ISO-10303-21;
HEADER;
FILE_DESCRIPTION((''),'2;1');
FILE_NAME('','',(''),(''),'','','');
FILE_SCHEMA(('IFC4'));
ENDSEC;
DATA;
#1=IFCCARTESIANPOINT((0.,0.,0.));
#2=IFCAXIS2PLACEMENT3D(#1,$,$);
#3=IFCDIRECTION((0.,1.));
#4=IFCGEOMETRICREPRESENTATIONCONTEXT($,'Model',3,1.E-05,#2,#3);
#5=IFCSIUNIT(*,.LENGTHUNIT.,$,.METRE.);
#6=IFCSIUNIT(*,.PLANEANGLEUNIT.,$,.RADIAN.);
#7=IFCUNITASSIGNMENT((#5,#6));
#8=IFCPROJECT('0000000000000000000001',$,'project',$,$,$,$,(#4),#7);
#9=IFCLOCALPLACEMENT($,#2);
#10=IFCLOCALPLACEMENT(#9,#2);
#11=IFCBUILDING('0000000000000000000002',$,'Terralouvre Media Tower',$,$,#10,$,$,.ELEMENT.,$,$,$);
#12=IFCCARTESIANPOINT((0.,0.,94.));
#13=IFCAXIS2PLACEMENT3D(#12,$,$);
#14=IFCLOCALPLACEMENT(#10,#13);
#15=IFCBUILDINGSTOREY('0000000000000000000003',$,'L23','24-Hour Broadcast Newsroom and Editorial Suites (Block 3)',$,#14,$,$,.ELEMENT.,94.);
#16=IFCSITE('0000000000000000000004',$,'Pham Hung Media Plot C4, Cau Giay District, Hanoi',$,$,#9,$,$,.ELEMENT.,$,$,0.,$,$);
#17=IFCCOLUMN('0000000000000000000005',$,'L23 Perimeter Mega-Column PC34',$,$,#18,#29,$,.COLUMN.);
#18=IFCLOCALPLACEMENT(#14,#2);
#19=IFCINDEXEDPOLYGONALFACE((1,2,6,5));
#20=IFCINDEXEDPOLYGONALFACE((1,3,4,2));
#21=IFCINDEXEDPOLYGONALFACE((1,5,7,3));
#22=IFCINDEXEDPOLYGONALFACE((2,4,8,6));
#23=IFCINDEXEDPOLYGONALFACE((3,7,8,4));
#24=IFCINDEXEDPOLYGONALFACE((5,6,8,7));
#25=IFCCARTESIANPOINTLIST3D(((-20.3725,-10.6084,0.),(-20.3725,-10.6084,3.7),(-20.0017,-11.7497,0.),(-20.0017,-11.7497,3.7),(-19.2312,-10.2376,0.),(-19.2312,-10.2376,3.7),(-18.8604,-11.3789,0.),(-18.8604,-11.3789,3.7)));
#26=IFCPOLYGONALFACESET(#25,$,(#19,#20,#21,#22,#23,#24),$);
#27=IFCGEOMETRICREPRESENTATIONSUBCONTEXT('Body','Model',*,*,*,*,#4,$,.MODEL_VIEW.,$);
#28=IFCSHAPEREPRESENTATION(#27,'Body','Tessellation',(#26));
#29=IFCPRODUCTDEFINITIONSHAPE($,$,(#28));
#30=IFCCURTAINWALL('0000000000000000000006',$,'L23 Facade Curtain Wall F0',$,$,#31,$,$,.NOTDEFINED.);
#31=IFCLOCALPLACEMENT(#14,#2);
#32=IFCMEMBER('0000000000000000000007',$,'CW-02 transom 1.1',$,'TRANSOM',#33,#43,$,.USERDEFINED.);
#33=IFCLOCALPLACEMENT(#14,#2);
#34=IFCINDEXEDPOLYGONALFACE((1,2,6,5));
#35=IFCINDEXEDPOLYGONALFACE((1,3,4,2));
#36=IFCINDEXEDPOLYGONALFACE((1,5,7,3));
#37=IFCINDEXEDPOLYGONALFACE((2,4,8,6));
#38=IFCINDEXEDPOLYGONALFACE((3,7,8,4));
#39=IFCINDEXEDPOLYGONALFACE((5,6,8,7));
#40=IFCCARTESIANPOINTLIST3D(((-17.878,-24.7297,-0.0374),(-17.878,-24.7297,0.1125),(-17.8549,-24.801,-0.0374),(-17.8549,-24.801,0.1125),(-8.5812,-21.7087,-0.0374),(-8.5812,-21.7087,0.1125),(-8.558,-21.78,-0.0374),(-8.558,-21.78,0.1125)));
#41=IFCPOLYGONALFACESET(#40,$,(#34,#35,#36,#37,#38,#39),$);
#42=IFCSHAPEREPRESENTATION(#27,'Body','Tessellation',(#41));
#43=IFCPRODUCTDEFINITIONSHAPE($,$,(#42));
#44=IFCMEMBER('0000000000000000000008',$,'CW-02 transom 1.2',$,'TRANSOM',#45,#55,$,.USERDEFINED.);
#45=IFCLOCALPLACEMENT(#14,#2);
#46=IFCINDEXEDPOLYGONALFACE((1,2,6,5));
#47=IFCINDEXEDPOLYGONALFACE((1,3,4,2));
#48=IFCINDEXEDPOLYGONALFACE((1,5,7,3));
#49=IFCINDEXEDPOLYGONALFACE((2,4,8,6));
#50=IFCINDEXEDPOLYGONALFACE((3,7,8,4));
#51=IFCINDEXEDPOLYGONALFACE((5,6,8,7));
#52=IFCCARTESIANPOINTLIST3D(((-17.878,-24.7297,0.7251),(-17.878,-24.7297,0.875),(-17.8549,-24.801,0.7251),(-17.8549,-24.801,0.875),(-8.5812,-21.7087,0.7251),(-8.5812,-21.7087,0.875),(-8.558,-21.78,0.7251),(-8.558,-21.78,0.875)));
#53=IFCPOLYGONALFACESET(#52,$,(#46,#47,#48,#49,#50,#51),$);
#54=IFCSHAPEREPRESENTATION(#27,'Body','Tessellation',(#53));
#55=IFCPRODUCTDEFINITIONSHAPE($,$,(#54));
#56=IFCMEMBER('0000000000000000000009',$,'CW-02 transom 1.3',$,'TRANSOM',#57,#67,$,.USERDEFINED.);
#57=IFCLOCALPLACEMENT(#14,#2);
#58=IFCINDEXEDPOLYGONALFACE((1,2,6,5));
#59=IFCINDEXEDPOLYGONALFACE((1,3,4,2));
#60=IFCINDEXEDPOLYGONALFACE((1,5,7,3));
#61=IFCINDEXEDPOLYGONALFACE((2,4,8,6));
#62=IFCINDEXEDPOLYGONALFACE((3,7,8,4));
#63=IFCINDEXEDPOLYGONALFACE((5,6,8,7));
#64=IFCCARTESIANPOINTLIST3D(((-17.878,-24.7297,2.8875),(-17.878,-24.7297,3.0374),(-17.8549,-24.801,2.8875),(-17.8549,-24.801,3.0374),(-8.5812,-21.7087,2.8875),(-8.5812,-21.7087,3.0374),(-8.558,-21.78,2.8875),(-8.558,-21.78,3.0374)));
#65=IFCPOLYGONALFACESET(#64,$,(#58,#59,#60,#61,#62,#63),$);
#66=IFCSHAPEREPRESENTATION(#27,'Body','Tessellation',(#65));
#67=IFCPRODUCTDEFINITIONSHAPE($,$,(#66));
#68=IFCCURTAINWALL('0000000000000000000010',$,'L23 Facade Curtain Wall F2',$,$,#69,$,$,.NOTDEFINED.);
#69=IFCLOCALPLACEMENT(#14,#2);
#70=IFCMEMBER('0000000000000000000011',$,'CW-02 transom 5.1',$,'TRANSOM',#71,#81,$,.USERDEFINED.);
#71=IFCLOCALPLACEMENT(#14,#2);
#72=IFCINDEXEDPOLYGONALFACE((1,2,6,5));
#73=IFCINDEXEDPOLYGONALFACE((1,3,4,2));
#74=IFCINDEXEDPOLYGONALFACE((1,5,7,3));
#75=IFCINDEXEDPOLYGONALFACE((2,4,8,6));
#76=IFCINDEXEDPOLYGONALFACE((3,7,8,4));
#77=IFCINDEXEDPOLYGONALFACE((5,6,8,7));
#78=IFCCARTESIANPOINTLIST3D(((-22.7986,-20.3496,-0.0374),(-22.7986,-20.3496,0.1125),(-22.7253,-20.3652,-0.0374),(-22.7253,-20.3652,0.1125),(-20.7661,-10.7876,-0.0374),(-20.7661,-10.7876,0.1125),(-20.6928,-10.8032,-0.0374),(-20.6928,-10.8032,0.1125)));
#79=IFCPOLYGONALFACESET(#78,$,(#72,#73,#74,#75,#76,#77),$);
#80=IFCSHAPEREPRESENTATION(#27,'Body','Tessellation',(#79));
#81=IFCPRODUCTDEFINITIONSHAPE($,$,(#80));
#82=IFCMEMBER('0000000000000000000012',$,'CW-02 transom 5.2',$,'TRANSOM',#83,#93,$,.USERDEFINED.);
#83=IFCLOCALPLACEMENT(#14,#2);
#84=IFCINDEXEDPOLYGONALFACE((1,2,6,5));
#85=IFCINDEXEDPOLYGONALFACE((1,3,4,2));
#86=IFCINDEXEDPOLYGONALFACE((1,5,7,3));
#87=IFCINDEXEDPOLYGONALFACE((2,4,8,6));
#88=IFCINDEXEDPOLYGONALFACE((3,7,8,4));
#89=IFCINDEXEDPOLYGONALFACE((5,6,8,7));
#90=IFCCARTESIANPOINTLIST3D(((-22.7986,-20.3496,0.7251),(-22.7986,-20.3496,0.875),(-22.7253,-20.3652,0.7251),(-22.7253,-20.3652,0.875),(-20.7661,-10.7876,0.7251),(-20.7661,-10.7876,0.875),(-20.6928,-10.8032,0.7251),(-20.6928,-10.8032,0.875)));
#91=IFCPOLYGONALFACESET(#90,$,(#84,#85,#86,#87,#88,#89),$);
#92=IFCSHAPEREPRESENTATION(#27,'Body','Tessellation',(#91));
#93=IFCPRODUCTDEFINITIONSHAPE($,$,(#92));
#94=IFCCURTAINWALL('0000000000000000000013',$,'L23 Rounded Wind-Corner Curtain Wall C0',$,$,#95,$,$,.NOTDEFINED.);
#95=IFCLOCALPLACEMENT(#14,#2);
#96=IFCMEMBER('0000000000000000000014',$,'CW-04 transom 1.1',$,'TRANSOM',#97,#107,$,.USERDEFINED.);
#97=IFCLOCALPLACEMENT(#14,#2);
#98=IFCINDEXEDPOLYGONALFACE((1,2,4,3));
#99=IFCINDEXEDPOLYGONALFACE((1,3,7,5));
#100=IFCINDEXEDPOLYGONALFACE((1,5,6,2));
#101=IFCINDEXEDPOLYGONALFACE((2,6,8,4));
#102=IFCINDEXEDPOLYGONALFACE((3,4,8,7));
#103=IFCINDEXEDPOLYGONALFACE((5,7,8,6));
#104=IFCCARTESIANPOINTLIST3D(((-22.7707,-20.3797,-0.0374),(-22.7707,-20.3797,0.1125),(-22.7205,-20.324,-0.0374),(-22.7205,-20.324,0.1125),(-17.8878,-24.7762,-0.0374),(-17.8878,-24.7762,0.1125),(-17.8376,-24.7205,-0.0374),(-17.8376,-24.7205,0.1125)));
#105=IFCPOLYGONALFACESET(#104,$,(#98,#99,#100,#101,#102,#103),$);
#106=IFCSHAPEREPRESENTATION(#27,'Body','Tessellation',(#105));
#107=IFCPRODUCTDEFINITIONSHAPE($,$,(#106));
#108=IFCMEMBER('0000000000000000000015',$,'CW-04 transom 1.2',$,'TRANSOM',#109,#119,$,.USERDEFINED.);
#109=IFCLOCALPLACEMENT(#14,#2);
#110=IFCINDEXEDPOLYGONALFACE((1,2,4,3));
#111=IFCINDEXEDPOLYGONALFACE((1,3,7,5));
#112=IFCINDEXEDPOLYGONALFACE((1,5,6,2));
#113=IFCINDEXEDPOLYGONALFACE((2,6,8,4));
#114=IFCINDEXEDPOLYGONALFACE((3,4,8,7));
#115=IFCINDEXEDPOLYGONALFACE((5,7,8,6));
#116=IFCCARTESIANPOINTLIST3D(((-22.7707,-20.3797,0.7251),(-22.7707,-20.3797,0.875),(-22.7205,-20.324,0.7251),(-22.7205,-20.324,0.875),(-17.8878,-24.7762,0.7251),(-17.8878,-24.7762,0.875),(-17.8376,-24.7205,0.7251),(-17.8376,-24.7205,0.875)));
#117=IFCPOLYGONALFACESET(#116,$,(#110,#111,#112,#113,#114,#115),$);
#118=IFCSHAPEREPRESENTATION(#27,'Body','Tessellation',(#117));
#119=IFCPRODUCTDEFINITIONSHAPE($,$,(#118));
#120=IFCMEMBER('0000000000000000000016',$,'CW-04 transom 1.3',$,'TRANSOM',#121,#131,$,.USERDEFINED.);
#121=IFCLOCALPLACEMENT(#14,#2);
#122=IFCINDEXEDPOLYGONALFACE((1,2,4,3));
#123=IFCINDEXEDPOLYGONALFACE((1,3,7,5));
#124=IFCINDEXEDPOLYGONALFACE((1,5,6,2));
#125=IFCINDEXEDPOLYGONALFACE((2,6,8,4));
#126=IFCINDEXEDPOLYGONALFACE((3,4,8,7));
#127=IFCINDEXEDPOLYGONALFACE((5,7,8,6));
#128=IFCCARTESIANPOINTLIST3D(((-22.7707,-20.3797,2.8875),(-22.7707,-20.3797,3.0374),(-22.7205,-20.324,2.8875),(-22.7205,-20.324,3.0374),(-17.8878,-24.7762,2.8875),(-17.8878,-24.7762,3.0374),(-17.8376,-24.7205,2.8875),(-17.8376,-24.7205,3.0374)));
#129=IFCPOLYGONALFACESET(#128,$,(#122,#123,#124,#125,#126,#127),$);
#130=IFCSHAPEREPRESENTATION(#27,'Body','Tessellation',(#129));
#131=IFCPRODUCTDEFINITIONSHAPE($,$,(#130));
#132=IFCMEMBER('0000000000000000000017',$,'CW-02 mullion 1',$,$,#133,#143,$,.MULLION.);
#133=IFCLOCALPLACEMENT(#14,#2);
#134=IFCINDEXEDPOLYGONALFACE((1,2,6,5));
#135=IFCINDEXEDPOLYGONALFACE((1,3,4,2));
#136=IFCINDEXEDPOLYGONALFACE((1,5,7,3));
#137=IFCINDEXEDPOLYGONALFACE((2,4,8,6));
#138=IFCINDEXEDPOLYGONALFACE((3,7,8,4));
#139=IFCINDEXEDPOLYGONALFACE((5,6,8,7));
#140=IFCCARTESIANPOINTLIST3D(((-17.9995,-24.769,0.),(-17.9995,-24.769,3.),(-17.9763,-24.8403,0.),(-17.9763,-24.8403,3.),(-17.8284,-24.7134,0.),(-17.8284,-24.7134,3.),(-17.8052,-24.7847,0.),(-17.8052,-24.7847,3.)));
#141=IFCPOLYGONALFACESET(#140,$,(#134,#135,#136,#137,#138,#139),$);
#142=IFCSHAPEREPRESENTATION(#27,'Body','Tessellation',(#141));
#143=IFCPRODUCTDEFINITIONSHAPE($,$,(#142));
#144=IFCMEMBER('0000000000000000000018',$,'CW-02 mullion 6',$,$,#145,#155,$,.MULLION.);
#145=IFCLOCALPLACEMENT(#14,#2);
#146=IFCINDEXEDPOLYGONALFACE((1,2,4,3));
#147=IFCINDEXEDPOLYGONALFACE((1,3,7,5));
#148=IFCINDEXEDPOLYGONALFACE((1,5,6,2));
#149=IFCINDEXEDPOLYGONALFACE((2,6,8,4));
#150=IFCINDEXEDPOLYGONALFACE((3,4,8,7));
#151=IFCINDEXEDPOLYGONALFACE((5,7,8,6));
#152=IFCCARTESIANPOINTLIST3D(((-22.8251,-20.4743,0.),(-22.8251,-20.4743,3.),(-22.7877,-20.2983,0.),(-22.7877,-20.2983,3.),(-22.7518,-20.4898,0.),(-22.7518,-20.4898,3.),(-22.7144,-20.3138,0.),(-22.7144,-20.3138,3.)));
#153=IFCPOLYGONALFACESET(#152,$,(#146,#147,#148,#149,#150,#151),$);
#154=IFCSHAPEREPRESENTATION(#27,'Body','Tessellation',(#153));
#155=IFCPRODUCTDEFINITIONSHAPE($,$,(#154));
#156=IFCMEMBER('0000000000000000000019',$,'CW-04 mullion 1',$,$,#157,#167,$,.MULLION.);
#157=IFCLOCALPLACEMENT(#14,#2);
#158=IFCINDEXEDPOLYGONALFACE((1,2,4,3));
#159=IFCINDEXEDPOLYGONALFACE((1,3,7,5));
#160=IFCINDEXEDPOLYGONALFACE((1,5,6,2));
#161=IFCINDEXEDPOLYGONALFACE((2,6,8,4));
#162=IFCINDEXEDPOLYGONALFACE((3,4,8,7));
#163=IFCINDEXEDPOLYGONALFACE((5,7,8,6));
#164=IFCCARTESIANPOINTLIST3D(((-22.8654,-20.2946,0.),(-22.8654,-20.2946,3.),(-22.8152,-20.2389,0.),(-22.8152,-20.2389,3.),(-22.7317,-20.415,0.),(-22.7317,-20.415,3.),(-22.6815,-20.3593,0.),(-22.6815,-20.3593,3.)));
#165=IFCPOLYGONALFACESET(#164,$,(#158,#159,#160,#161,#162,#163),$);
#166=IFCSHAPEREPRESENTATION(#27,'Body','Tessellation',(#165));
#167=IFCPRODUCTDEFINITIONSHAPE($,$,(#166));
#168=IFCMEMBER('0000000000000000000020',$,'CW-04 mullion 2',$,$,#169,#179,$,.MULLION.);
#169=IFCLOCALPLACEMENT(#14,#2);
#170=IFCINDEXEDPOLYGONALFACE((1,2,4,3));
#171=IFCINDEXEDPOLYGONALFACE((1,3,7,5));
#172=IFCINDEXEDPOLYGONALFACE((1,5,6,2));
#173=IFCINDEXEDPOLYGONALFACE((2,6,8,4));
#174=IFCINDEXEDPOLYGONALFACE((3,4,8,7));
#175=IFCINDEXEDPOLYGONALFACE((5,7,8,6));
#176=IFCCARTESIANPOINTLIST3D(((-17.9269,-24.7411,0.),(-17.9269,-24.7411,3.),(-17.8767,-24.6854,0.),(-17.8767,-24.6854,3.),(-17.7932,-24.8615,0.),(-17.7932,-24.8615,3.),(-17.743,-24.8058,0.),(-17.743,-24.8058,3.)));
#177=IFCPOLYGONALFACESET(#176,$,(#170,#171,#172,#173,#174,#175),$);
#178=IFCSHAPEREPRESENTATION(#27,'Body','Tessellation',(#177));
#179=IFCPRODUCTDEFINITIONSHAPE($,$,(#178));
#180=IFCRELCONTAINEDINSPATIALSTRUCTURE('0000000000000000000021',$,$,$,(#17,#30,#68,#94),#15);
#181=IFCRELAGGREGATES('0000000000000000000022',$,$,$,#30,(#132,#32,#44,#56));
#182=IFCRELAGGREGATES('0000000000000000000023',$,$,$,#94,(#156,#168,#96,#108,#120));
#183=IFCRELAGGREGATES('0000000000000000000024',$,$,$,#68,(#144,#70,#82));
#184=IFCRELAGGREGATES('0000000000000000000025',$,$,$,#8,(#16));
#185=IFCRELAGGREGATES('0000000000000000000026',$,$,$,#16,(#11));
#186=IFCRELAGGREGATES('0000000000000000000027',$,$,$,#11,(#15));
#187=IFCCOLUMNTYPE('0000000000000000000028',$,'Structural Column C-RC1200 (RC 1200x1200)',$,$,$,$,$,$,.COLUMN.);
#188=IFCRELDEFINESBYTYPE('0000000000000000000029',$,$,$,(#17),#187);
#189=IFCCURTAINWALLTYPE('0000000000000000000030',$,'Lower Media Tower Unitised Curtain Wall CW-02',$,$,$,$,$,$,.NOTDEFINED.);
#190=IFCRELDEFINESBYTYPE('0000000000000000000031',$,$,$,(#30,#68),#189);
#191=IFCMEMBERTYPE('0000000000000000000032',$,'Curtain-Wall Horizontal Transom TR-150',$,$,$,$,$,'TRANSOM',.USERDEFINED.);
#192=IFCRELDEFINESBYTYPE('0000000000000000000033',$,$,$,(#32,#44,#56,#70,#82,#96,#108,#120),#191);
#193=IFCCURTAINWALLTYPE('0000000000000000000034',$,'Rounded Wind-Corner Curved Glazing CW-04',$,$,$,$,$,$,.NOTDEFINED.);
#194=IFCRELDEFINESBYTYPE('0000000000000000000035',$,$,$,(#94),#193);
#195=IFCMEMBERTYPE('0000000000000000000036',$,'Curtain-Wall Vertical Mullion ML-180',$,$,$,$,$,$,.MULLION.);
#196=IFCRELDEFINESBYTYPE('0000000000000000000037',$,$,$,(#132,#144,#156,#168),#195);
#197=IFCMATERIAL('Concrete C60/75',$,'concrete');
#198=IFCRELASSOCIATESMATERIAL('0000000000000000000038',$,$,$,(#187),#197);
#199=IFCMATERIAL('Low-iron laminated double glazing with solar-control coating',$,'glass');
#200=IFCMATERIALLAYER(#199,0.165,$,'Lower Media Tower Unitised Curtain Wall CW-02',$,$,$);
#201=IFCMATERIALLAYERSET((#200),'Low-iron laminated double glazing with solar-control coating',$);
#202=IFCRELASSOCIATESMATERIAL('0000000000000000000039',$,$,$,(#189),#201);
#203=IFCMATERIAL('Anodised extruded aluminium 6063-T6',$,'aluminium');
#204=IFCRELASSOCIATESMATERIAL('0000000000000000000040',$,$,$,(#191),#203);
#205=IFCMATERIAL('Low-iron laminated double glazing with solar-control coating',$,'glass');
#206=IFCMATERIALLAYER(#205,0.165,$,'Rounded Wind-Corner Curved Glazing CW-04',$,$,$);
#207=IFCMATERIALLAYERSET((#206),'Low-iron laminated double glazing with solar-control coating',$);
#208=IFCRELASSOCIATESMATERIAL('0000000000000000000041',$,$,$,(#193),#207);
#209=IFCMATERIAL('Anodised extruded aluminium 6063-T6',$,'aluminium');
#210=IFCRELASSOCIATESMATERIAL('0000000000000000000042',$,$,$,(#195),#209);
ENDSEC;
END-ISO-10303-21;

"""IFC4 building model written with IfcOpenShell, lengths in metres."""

from ifc_helpers import new_model, si_unit, direction, frame, origin, origin_2d, place, context, subcontext, project, spatial, rectangle, extrude, material, layer, layer_set, material_profile, profile_set, type_object, element, aggregate, save


model = new_model("IFC4")

# Units and contexts
model_context = context("Model", 3, precision=1e-05, world=origin(), true_north=direction((0.0, 1.0)))
body_context = subcontext(model_context, "Body", "Model", "MODEL_VIEW")
ifc_project = project(units=[si_unit("LENGTHUNIT", "METRE"), si_unit("PLANEANGLEUNIT", "RADIAN")], contexts=[model_context])

# Site, building, storey
site_placement = place(None, origin())
site = spatial("IfcSite", under=ifc_project, at=site_placement, Name="Pham Hung Media Plot C4, Cau Giay District, Hanoi", CompositionType="ELEMENT", RefElevation=0.0)
building_placement = place(site_placement, origin())
building = spatial("IfcBuilding", under=site, at=building_placement, Name="Terralouvre Media Tower", CompositionType="ELEMENT")
storey_placement = place(building_placement, frame((0.0, 0.0, 94.0)))
storey = spatial("IfcBuildingStorey", under=building, at=storey_placement, Name="L23", Description="24-Hour Broadcast Newsroom and Editorial Suites (Block 3)", CompositionType="ELEMENT", Elevation=94.0)

# Column
ifc_material_1 = material(Name="Concrete C60/75", Category="concrete")
ifc_material_profile_1 = material_profile(ifc_material_1, rectangle(XDim=1.2, YDim=1.2, at=origin_2d()), Name="RC 1200x1200")
ifc_profile_set_1 = profile_set([ifc_material_profile_1], Name="Concrete C60/75")
column_type = type_object("IfcColumnType", Name="Structural Column C-RC1200 (RC 1200x1200)", PredefinedType="COLUMN", material=ifc_profile_set_1)
column_placement = place(storey_placement, frame((-19.6165, -10.9937, 0.0), z_axis=(0.0, 0.0, 1.0), x_axis=(0.951057, 0.309017, 0.0)))
element("IfcColumn", 1, at=column_placement, inside=storey, type_object=column_type, Name="L23 Perimeter Mega-Column PC34", PredefinedType="COLUMN", context=body_context, shape_type="SweptSolid", body=[
    extrude(rectangle(XDim=1.2, YDim=1.2, at=origin_2d()), origin(), (0.0, 0.0, 1.0), 3.7),
])

# Curtain walls, members
ifc_material_2 = material(Name="Low-iron laminated double glazing with solar-control coating", Category="glass")
ifc_layer_1 = layer(ifc_material_2, 0.165, Name="Lower Media Tower Unitised Curtain Wall CW-02")
ifc_layer_set_1 = layer_set([ifc_layer_1], Name="Low-iron laminated double glazing with solar-control coating")
curtain_wall_type_1 = type_object("IfcCurtainWallType", Name="Lower Media Tower Unitised Curtain Wall CW-02", PredefinedType="NOTDEFINED", material=ifc_layer_set_1)
curtain_wall_1_placement = place(storey_placement, origin())
curtain_wall_1 = element("IfcCurtainWall", 2, at=curtain_wall_1_placement, inside=storey, type_object=curtain_wall_type_1, Name="L23 Facade Curtain Wall F0", PredefinedType="NOTDEFINED")
ifc_material_3 = material(Name="Anodised extruded aluminium 6063-T6", Category="aluminium")
ifc_material_profile_2 = material_profile(ifc_material_3, rectangle(XDim=0.075, YDim=0.1499, at=origin_2d()), Name="ALU 75x150")
ifc_profile_set_2 = profile_set([ifc_material_profile_2], Name="Anodised extruded aluminium 6063-T6")
member_type_1 = type_object("IfcMemberType", Name="Curtain-Wall Horizontal Transom TR-150", ElementType="TRANSOM", PredefinedType="USERDEFINED", material=ifc_profile_set_2)
member_1_placement = place(storey_placement, frame((-17.8665, -24.7654, 0.0376), z_axis=(0.951049, 0.309041, 0.0), x_axis=(-0.309041, 0.951049, 0.0)))
member_1 = element("IfcMember", 3, at=member_1_placement, type_object=member_type_1, Name="CW-02 transom 1.1", ObjectType="TRANSOM", PredefinedType="USERDEFINED", context=body_context, shape_type="SweptSolid", body=[
    extrude(rectangle(XDim=0.075, YDim=0.1499, at=origin_2d()), origin(), (0.0, 0.0, 1.0), 9.7754),
])
member_2_placement = place(storey_placement, frame((-17.8665, -24.7654, 0.8), z_axis=(0.951049, 0.309041, 0.0), x_axis=(-0.309041, 0.951049, 0.0)))
member_2 = element("IfcMember", 4, at=member_2_placement, type_object=member_type_1, Name="CW-02 transom 1.2", ObjectType="TRANSOM", PredefinedType="USERDEFINED", context=body_context, shape_type="SweptSolid", body=[
    extrude(rectangle(XDim=0.075, YDim=0.1499, at=origin_2d()), origin(), (0.0, 0.0, 1.0), 9.7754),
])
member_3_placement = place(storey_placement, frame((-17.8665, -24.7654, 2.9624), z_axis=(0.951049, 0.309041, 0.0), x_axis=(-0.309041, 0.951049, 0.0)))
member_3 = element("IfcMember", 5, at=member_3_placement, type_object=member_type_1, Name="CW-02 transom 1.3", ObjectType="TRANSOM", PredefinedType="USERDEFINED", context=body_context, shape_type="SweptSolid", body=[
    extrude(rectangle(XDim=0.075, YDim=0.1499, at=origin_2d()), origin(), (0.0, 0.0, 1.0), 9.7754),
])
curtain_wall_2_placement = place(storey_placement, origin())
curtain_wall_2 = element("IfcCurtainWall", 6, at=curtain_wall_2_placement, inside=storey, type_object=curtain_wall_type_1, Name="L23 Facade Curtain Wall F2", PredefinedType="NOTDEFINED")
member_4_placement = place(storey_placement, frame((-20.7295, -10.7954, 0.0376), z_axis=(-0.207912, -0.978148, 0.0), x_axis=(0.978148, -0.207912, 0.0)))
member_4 = element("IfcMember", 7, at=member_4_placement, type_object=member_type_1, Name="CW-02 transom 5.1", ObjectType="TRANSOM", PredefinedType="USERDEFINED", context=body_context, shape_type="SweptSolid", body=[
    extrude(rectangle(XDim=0.075, YDim=0.1499, at=origin_2d()), origin(), (0.0, 0.0, 1.0), 9.7756),
])
member_5_placement = place(storey_placement, frame((-20.7295, -10.7954, 0.8), z_axis=(-0.207912, -0.978148, 0.0), x_axis=(0.978148, -0.207912, 0.0)))
member_5 = element("IfcMember", 8, at=member_5_placement, type_object=member_type_1, Name="CW-02 transom 5.2", ObjectType="TRANSOM", PredefinedType="USERDEFINED", context=body_context, shape_type="SweptSolid", body=[
    extrude(rectangle(XDim=0.075, YDim=0.1499, at=origin_2d()), origin(), (0.0, 0.0, 1.0), 9.7756),
])
ifc_material_4 = material(Name="Low-iron laminated double glazing with solar-control coating", Category="glass")
ifc_layer_2 = layer(ifc_material_4, 0.165, Name="Rounded Wind-Corner Curved Glazing CW-04")
ifc_layer_set_2 = layer_set([ifc_layer_2], Name="Low-iron laminated double glazing with solar-control coating")
curtain_wall_type_2 = type_object("IfcCurtainWallType", Name="Rounded Wind-Corner Curved Glazing CW-04", PredefinedType="NOTDEFINED", material=ifc_layer_set_2)
curtain_wall_3_placement = place(storey_placement, origin())
curtain_wall_3 = element("IfcCurtainWall", 9, at=curtain_wall_3_placement, inside=storey, type_object=curtain_wall_type_2, Name="L23 Rounded Wind-Corner Curtain Wall C0", PredefinedType="NOTDEFINED")
member_6_placement = place(storey_placement, frame((-22.7456, -20.3518, 0.0376), z_axis=(0.743146, -0.669129, 0.0), x_axis=(0.669129, 0.743146, 0.0)))
member_6 = element("IfcMember", 10, at=member_6_placement, type_object=member_type_1, Name="CW-04 transom 1.1", ObjectType="TRANSOM", PredefinedType="USERDEFINED", context=body_context, shape_type="SweptSolid", body=[
    extrude(rectangle(XDim=0.075, YDim=0.1499, at=origin_2d()), origin(), (0.0, 0.0, 1.0), 6.5706),
])
member_7_placement = place(storey_placement, frame((-22.7456, -20.3518, 0.8), z_axis=(0.743146, -0.669129, 0.0), x_axis=(0.669129, 0.743146, 0.0)))
member_7 = element("IfcMember", 11, at=member_7_placement, type_object=member_type_1, Name="CW-04 transom 1.2", ObjectType="TRANSOM", PredefinedType="USERDEFINED", context=body_context, shape_type="SweptSolid", body=[
    extrude(rectangle(XDim=0.075, YDim=0.1499, at=origin_2d()), origin(), (0.0, 0.0, 1.0), 6.5706),
])
member_8_placement = place(storey_placement, frame((-22.7456, -20.3518, 2.9624), z_axis=(0.743146, -0.669129, 0.0), x_axis=(0.669129, 0.743146, 0.0)))
member_8 = element("IfcMember", 12, at=member_8_placement, type_object=member_type_1, Name="CW-04 transom 1.3", ObjectType="TRANSOM", PredefinedType="USERDEFINED", context=body_context, shape_type="SweptSolid", body=[
    extrude(rectangle(XDim=0.075, YDim=0.1499, at=origin_2d()), origin(), (0.0, 0.0, 1.0), 6.5706),
])

# Members
ifc_material_5 = material(Name="Anodised extruded aluminium 6063-T6", Category="aluminium")
ifc_material_profile_3 = material_profile(ifc_material_5, rectangle(XDim=0.075, YDim=0.1799, at=origin_2d()), Name="ALU 75x180")
ifc_profile_set_3 = profile_set([ifc_material_profile_3], Name="Anodised extruded aluminium 6063-T6")
member_type_2 = type_object("IfcMemberType", Name="Curtain-Wall Vertical Mullion ML-180", PredefinedType="MULLION", material=ifc_profile_set_3)
member_9_placement = place(storey_placement, frame((-17.9023, -24.7769, 0.0), z_axis=(0.0, 0.0, 1.0), x_axis=(-0.309017, 0.951057, 0.0)))
member_9 = element("IfcMember", 13, at=member_9_placement, type_object=member_type_2, Name="CW-02 mullion 1", PredefinedType="MULLION", context=body_context, shape_type="SweptSolid", body=[
    extrude(rectangle(XDim=0.075, YDim=0.1799, at=origin_2d()), origin(), (0.0, 0.0, 1.0), 3.0),
])
aggregate(curtain_wall_1, [member_9, member_1, member_2, member_3])
member_10_placement = place(storey_placement, frame((-22.7698, -20.394, 0.0), z_axis=(0.0, 0.0, 1.0), x_axis=(0.978148, -0.207912, 0.0)))
member_10 = element("IfcMember", 14, at=member_10_placement, type_object=member_type_2, Name="CW-02 mullion 6", PredefinedType="MULLION", context=body_context, shape_type="SweptSolid", body=[
    extrude(rectangle(XDim=0.075, YDim=0.1799, at=origin_2d()), origin(), (0.0, 0.0, 1.0), 3.0),
])
member_11_placement = place(storey_placement, frame((-22.7734, -20.3269, 0.0), z_axis=(0.0, 0.0, 1.0), x_axis=(0.669131, 0.743145, 0.0)))
member_11 = element("IfcMember", 15, at=member_11_placement, type_object=member_type_2, Name="CW-04 mullion 1", PredefinedType="MULLION", context=body_context, shape_type="SweptSolid", body=[
    extrude(rectangle(XDim=0.075, YDim=0.1799, at=origin_2d()), origin(), (0.0, 0.0, 1.0), 3.0),
])
member_12_placement = place(storey_placement, frame((-17.835, -24.7734, 0.0), z_axis=(0.0, 0.0, 1.0), x_axis=(0.669131, 0.743145, 0.0)))
member_12 = element("IfcMember", 16, at=member_12_placement, type_object=member_type_2, Name="CW-04 mullion 2", PredefinedType="MULLION", context=body_context, shape_type="SweptSolid", body=[
    extrude(rectangle(XDim=0.075, YDim=0.1799, at=origin_2d()), origin(), (0.0, 0.0, 1.0), 3.0),
])

aggregate(curtain_wall_3, [member_11, member_12, member_6, member_7, member_8])
aggregate(curtain_wall_2, [member_10, member_4, member_5])

save(model, "model.ifc")
